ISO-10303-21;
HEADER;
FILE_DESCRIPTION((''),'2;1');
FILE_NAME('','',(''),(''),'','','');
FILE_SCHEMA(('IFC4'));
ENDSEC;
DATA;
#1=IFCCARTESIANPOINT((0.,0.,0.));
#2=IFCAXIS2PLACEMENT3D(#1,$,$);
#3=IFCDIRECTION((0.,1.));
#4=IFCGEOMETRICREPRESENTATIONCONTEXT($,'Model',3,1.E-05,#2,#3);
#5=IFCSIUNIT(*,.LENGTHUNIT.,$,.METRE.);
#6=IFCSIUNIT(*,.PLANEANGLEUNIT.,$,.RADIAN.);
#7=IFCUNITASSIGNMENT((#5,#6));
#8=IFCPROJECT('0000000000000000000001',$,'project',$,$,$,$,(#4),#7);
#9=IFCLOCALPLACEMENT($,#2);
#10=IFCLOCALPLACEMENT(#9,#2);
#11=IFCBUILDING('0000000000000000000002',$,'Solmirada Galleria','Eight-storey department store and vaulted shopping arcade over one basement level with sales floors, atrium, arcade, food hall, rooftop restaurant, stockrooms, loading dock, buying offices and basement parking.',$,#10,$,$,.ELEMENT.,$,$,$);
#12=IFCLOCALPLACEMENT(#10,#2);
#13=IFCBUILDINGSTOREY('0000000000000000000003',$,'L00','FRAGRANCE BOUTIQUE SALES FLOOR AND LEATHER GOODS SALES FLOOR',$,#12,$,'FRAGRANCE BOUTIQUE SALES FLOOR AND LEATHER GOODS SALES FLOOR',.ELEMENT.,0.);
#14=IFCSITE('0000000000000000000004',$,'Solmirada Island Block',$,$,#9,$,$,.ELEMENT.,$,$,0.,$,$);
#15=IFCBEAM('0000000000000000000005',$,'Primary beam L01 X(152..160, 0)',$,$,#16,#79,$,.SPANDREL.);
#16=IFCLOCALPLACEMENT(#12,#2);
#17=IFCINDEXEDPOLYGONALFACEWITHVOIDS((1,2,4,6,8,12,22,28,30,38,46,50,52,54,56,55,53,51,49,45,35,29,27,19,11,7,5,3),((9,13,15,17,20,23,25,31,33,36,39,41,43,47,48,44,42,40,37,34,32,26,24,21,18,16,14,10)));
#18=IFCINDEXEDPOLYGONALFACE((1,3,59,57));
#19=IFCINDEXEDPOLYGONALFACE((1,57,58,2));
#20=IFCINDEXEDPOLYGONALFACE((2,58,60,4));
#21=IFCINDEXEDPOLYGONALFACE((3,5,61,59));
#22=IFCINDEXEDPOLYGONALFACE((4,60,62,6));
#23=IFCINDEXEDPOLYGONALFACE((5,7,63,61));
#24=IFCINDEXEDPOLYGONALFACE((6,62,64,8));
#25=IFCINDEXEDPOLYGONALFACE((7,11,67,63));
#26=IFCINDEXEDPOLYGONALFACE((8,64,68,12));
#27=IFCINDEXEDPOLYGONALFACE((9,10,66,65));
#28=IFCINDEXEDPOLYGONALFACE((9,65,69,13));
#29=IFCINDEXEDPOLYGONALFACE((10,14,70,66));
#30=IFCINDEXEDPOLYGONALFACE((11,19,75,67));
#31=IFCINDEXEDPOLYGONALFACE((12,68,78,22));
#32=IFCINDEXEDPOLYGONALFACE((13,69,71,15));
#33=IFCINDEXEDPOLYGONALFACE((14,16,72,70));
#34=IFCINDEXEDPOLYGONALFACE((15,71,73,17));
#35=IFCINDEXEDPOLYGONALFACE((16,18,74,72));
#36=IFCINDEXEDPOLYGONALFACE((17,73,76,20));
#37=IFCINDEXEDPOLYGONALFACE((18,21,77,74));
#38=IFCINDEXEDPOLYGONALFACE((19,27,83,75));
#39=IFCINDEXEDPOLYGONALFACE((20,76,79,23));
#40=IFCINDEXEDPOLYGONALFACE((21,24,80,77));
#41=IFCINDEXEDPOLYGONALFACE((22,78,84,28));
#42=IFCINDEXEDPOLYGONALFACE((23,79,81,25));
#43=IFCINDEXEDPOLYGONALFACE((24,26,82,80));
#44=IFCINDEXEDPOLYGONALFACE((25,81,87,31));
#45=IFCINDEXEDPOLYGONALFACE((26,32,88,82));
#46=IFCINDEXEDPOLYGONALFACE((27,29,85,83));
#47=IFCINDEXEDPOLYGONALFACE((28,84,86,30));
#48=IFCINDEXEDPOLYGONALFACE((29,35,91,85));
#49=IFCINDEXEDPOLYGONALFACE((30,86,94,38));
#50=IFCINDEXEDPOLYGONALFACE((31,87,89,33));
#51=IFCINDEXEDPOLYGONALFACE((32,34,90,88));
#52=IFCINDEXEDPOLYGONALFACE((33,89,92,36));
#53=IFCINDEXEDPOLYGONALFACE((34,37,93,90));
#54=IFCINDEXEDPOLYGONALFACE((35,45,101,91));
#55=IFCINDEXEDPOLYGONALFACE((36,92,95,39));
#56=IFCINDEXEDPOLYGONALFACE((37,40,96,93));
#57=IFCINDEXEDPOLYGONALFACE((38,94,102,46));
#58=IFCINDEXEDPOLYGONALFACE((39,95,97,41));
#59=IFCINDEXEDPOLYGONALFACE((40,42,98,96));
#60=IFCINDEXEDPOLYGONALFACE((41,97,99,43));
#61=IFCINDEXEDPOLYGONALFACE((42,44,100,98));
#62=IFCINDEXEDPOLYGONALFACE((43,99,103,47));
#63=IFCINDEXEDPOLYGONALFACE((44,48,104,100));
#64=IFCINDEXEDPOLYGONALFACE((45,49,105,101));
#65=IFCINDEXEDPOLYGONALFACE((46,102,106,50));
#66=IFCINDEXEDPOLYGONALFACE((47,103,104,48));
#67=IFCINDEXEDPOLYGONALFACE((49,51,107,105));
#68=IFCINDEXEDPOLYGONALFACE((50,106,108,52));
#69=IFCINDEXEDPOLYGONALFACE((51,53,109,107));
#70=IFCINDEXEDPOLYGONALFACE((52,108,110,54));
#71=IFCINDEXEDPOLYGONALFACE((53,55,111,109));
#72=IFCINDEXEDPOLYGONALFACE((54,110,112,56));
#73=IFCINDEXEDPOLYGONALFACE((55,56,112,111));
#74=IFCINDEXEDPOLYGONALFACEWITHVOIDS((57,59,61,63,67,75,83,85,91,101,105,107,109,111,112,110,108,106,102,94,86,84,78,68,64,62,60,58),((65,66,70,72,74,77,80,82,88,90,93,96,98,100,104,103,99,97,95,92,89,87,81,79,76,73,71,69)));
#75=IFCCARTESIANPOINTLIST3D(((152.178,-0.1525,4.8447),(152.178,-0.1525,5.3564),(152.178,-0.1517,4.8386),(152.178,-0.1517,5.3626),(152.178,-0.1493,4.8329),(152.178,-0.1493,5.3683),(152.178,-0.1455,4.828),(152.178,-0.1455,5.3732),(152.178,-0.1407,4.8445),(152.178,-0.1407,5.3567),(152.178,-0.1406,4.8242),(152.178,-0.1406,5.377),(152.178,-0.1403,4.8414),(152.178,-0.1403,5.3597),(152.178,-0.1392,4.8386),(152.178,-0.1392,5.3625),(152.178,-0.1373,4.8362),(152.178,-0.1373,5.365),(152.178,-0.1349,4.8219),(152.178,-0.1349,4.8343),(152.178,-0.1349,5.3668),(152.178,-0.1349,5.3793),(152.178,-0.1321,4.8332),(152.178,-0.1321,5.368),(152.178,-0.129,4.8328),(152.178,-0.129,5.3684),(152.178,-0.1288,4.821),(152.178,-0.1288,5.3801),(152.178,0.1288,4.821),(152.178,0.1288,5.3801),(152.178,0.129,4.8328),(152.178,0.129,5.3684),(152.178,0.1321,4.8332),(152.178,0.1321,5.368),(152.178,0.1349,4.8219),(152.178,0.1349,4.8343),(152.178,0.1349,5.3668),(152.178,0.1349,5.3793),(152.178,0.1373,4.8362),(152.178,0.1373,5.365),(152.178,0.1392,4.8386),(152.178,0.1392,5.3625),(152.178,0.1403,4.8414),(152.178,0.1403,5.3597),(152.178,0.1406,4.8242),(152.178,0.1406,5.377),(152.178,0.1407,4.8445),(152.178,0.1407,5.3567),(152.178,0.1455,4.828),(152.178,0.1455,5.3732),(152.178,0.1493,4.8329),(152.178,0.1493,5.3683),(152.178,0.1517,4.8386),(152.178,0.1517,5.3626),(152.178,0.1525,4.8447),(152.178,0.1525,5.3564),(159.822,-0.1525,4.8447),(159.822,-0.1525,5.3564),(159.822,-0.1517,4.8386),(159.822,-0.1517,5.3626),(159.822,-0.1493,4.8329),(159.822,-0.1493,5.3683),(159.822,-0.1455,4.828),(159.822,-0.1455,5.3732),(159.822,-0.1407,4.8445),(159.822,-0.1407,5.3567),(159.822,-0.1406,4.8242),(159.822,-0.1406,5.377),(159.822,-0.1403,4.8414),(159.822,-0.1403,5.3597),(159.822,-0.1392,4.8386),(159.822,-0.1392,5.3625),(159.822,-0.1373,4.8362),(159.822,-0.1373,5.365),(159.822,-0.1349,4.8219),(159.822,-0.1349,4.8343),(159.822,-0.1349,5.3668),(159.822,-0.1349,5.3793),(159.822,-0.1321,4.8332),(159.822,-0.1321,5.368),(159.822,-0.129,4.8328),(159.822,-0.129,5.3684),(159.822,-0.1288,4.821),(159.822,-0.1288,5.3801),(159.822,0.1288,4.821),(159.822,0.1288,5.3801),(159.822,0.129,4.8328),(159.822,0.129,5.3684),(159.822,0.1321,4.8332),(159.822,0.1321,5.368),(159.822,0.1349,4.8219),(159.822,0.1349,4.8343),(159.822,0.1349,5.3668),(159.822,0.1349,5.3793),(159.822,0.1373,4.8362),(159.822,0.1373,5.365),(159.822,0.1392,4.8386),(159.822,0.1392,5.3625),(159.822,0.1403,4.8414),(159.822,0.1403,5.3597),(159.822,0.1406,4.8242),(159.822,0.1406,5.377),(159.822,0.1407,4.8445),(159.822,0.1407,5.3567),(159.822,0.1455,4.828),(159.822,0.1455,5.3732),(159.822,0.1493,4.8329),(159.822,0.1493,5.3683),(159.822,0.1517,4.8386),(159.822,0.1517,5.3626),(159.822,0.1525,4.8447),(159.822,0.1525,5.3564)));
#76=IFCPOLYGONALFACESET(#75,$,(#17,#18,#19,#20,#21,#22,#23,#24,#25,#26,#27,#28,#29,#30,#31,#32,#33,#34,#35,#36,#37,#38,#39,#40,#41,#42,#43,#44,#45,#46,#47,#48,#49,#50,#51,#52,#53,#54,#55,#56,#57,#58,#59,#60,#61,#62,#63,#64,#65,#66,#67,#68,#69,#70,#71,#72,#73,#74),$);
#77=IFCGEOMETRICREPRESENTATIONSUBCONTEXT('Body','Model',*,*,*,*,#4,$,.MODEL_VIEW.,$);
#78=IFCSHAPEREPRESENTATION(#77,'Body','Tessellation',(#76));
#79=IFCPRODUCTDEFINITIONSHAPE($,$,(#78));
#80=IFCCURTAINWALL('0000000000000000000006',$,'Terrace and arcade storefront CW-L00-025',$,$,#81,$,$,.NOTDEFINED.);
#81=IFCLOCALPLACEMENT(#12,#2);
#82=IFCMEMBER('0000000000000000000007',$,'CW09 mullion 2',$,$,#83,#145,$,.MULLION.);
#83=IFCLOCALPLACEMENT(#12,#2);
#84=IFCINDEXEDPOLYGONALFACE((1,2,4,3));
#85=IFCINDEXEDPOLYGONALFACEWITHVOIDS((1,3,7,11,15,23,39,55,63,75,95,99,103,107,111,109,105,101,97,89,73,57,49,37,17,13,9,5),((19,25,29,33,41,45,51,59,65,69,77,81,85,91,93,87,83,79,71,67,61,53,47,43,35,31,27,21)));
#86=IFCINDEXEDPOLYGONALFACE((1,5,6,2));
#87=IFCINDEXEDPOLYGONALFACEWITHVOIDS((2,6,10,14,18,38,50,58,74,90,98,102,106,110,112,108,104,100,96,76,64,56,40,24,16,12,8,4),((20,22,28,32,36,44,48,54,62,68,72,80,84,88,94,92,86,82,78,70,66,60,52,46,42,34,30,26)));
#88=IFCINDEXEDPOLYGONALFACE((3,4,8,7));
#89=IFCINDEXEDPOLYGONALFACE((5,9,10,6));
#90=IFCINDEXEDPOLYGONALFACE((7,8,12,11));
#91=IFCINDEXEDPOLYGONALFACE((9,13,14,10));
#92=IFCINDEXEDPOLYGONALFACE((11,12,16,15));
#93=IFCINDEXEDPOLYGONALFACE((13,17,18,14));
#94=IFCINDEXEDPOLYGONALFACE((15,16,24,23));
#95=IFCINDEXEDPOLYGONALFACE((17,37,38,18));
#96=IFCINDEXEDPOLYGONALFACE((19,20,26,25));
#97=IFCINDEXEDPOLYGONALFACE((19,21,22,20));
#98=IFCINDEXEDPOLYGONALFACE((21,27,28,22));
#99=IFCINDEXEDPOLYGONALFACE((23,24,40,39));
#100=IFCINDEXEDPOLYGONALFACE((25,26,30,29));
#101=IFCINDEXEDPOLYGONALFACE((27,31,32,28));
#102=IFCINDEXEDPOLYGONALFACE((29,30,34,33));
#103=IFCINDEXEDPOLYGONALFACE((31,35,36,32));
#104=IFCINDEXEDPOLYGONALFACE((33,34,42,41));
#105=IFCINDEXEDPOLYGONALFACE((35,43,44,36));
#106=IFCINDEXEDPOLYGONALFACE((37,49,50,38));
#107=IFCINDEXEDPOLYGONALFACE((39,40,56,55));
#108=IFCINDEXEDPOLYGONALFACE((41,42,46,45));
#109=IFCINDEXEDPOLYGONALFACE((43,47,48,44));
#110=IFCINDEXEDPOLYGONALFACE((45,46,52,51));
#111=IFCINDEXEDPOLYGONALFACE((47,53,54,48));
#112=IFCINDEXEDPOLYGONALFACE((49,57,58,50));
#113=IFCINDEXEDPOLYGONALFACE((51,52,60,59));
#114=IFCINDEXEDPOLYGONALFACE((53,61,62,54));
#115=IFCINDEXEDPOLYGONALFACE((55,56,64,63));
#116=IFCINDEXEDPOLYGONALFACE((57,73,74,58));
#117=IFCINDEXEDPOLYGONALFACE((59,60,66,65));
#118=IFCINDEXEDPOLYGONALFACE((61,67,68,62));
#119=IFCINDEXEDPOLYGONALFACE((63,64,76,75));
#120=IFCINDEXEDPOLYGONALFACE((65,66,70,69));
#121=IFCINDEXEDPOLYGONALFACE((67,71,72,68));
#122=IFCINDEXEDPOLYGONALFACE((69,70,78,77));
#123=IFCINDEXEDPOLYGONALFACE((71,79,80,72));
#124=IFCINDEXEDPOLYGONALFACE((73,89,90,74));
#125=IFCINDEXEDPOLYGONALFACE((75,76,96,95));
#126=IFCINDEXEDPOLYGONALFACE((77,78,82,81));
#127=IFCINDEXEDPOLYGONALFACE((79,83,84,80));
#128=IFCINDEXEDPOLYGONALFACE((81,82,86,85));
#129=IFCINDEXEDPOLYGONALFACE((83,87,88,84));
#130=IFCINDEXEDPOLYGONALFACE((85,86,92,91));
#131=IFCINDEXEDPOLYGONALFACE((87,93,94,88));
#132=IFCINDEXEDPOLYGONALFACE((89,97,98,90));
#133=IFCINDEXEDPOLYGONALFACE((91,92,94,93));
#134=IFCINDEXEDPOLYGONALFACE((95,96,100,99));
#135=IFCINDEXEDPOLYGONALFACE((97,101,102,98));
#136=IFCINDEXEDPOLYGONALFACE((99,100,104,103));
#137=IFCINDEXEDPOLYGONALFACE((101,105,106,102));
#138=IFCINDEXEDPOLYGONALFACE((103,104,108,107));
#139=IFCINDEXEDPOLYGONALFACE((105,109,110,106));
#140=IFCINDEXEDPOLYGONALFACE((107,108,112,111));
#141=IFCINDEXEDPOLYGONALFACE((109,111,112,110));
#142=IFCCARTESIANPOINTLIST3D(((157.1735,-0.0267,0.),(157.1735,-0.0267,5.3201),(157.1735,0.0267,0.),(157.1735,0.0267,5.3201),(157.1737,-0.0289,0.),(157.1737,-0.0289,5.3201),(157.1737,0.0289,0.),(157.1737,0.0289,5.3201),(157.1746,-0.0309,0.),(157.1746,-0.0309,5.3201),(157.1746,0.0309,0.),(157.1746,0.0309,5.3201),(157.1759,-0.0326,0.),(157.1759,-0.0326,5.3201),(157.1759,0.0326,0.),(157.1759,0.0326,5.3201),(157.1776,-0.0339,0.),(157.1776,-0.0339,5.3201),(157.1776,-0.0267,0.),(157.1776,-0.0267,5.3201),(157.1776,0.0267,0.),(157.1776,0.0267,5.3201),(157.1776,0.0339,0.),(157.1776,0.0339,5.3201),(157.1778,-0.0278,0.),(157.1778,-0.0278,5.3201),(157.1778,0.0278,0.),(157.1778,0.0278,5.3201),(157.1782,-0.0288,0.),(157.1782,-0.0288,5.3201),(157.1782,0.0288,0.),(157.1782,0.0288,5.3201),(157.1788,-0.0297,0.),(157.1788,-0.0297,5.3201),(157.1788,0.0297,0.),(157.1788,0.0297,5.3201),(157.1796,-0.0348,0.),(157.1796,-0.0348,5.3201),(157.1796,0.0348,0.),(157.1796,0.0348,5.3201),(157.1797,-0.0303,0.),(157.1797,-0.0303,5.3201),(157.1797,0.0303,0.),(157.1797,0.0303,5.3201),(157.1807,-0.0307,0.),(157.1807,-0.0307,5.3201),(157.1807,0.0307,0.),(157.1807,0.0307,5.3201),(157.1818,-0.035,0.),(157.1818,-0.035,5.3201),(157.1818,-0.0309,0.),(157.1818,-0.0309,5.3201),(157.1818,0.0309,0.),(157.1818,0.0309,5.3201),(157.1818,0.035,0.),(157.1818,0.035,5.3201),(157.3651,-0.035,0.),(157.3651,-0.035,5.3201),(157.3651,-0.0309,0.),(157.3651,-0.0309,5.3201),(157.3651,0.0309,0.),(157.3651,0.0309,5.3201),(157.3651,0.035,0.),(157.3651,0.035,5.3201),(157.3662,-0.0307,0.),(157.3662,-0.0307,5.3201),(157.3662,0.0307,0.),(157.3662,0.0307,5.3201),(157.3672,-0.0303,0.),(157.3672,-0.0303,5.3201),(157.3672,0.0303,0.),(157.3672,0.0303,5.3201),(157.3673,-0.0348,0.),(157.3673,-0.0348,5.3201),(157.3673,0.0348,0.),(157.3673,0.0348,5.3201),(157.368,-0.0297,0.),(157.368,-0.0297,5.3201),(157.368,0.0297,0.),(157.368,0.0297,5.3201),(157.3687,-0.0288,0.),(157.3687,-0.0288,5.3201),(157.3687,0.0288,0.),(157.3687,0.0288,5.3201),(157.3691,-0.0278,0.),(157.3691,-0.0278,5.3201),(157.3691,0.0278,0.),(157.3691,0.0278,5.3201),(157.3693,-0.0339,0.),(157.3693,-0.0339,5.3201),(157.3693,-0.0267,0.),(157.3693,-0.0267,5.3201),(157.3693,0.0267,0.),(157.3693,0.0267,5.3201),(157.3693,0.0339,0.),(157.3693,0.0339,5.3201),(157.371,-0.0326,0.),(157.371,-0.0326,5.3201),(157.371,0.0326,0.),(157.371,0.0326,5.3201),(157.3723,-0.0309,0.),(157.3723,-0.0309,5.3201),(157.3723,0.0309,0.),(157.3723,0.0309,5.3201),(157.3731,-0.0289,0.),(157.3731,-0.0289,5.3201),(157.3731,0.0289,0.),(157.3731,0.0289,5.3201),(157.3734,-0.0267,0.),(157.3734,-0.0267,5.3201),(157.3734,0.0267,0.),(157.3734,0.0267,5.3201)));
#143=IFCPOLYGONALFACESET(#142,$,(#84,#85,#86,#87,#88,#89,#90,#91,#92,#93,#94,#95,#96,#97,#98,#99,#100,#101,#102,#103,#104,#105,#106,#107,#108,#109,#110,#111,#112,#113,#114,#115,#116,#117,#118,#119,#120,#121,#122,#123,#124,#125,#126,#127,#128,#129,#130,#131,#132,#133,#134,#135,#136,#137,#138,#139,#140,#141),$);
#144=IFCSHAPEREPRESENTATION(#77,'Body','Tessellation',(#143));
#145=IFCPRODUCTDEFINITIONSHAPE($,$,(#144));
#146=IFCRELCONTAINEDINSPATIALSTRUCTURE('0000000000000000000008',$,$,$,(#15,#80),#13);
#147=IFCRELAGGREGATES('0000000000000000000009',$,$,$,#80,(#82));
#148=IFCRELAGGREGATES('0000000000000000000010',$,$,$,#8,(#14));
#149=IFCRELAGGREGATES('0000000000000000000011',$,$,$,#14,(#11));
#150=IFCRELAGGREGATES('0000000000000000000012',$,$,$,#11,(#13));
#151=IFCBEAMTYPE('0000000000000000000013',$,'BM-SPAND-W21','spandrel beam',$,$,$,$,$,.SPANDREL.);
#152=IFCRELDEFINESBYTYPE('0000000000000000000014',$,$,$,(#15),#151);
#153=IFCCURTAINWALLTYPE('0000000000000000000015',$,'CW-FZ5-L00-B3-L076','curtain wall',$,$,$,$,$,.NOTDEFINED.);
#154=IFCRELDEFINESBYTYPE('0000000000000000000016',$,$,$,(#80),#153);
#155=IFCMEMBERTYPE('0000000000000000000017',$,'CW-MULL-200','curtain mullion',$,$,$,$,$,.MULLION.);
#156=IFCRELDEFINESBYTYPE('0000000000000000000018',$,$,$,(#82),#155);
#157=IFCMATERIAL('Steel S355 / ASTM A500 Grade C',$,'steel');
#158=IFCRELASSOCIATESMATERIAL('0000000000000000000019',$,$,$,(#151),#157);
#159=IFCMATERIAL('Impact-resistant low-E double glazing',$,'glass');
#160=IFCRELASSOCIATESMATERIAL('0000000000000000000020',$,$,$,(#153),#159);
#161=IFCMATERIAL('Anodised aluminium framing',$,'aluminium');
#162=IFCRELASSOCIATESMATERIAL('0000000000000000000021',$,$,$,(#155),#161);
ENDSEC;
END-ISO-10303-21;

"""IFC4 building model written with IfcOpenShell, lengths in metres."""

from ifc_helpers import new_model, si_unit, direction, frame, origin, origin_2d, place, context, subcontext, project, spatial, hollow_rectangle, extrude, material, material_profile, profile_set, type_object, element, aggregate, save


model = new_model("IFC4")

# Units and contexts
model_context = context("Model", 3, precision=1e-05, world=origin(), true_north=direction((0.0, 1.0)))
body_context = subcontext(model_context, "Body", "Model", "MODEL_VIEW")
ifc_project = project(units=[si_unit("LENGTHUNIT", "METRE"), si_unit("PLANEANGLEUNIT", "RADIAN")], contexts=[model_context])

# Site, building, storey
site_placement = place(None, origin())
site = spatial("IfcSite", under=ifc_project, at=site_placement, Name="Solmirada Island Block", CompositionType="ELEMENT", RefElevation=0.0)
building_placement = place(site_placement, origin())
building = spatial("IfcBuilding", under=site, at=building_placement, Name="Solmirada Galleria", Description="Eight-storey department store and vaulted shopping arcade over one basement level with sales floors, atrium, arcade, food hall, rooftop restaurant, stockrooms, loading dock, buying offices and basement parking.", CompositionType="ELEMENT")
storey_placement = place(building_placement, origin())
storey = spatial("IfcBuildingStorey", under=building, at=storey_placement, Name="L00", Description="FRAGRANCE BOUTIQUE SALES FLOOR AND LEATHER GOODS SALES FLOOR", LongName="FRAGRANCE BOUTIQUE SALES FLOOR AND LEATHER GOODS SALES FLOOR", CompositionType="ELEMENT", Elevation=0.0)

# Shared definitions
ifc_material_1 = material(Name="Steel S355 / ASTM A500 Grade C", Category="steel")

# Beam
ifc_material_profile_1 = material_profile(ifc_material_1, hollow_rectangle(XDim=0.3049, YDim=0.5591, WallThickness=0.0117, InnerFilletRadius=0.0117, OuterFilletRadius=0.0237, at=origin_2d()), Name="HSS22X12X1/2")
ifc_profile_set_1 = profile_set([ifc_material_profile_1], Name="Steel S355 / ASTM A500 Grade C")
beam_type_1 = type_object("IfcBeamType", Name="BM-SPAND-W21", Description="spandrel beam", PredefinedType="SPANDREL", material=ifc_profile_set_1)
for number, where, z_axis, x_axis, name in (
    (1, (152.178, 0.0, 5.1006), (1.0, 0.0, 0.0), (0.0, 1.0, 0.0), "Primary beam L01 X(152..160, 0)"),
):
    element("IfcBeam", number, at=place(storey_placement, frame(where, z_axis=z_axis, x_axis=x_axis)), inside=storey, type_object=beam_type_1, Name=name, PredefinedType="SPANDREL", context=body_context, shape_type="SweptSolid", body=[
        extrude(hollow_rectangle(XDim=0.3049, YDim=0.5591, WallThickness=0.0117, InnerFilletRadius=0.0117, OuterFilletRadius=0.0237, at=origin_2d()), origin(), (0.0, 0.0, 1.0), 7.644),
    ])

# Curtain wall, member
ifc_material_2 = material(Name="Impact-resistant low-E double glazing", Category="glass")
curtain_wall_type = type_object("IfcCurtainWallType", Name="CW-FZ5-L00-B3-L076", Description="curtain wall", PredefinedType="NOTDEFINED", material=ifc_material_2)
curtain_wall_placement = place(storey_placement, origin())
curtain_wall = element("IfcCurtainWall", 2, at=curtain_wall_placement, inside=storey, type_object=curtain_wall_type, Name="Terrace and arcade storefront CW-L00-025", PredefinedType="NOTDEFINED")
ifc_material_3 = material(Name="Anodised aluminium framing", Category="aluminium")
ifc_material_profile_2 = material_profile(ifc_material_3, hollow_rectangle(XDim=0.0701, YDim=0.2, WallThickness=0.0042, InnerFilletRadius=0.0042, OuterFilletRadius=0.0083, at=origin_2d()), Name="ALU-MULL-200X70")
ifc_profile_set_2 = profile_set([ifc_material_profile_2], Name="Anodised aluminium framing")
member_type_1 = type_object("IfcMemberType", Name="CW-MULL-200", Description="curtain mullion", PredefinedType="MULLION", material=ifc_profile_set_2)
member_1_placement = place(storey_placement, frame((157.2734, 0.0, 0.0), z_axis=(0.0, 0.0, 1.0), x_axis=(0.0, -1.0, 0.0)))
member_1 = element("IfcMember", 3, at=member_1_placement, type_object=member_type_1, Name="CW09 mullion 2", PredefinedType="MULLION", context=body_context, shape_type="SweptSolid", body=[
    extrude(hollow_rectangle(XDim=0.0701, YDim=0.2, WallThickness=0.0042, InnerFilletRadius=0.0042, OuterFilletRadius=0.0083, at=origin_2d()), origin(), (0.0, 0.0, 1.0), 5.3201),
])
aggregate(curtain_wall, [member_1])

save(model, "model.ifc")
